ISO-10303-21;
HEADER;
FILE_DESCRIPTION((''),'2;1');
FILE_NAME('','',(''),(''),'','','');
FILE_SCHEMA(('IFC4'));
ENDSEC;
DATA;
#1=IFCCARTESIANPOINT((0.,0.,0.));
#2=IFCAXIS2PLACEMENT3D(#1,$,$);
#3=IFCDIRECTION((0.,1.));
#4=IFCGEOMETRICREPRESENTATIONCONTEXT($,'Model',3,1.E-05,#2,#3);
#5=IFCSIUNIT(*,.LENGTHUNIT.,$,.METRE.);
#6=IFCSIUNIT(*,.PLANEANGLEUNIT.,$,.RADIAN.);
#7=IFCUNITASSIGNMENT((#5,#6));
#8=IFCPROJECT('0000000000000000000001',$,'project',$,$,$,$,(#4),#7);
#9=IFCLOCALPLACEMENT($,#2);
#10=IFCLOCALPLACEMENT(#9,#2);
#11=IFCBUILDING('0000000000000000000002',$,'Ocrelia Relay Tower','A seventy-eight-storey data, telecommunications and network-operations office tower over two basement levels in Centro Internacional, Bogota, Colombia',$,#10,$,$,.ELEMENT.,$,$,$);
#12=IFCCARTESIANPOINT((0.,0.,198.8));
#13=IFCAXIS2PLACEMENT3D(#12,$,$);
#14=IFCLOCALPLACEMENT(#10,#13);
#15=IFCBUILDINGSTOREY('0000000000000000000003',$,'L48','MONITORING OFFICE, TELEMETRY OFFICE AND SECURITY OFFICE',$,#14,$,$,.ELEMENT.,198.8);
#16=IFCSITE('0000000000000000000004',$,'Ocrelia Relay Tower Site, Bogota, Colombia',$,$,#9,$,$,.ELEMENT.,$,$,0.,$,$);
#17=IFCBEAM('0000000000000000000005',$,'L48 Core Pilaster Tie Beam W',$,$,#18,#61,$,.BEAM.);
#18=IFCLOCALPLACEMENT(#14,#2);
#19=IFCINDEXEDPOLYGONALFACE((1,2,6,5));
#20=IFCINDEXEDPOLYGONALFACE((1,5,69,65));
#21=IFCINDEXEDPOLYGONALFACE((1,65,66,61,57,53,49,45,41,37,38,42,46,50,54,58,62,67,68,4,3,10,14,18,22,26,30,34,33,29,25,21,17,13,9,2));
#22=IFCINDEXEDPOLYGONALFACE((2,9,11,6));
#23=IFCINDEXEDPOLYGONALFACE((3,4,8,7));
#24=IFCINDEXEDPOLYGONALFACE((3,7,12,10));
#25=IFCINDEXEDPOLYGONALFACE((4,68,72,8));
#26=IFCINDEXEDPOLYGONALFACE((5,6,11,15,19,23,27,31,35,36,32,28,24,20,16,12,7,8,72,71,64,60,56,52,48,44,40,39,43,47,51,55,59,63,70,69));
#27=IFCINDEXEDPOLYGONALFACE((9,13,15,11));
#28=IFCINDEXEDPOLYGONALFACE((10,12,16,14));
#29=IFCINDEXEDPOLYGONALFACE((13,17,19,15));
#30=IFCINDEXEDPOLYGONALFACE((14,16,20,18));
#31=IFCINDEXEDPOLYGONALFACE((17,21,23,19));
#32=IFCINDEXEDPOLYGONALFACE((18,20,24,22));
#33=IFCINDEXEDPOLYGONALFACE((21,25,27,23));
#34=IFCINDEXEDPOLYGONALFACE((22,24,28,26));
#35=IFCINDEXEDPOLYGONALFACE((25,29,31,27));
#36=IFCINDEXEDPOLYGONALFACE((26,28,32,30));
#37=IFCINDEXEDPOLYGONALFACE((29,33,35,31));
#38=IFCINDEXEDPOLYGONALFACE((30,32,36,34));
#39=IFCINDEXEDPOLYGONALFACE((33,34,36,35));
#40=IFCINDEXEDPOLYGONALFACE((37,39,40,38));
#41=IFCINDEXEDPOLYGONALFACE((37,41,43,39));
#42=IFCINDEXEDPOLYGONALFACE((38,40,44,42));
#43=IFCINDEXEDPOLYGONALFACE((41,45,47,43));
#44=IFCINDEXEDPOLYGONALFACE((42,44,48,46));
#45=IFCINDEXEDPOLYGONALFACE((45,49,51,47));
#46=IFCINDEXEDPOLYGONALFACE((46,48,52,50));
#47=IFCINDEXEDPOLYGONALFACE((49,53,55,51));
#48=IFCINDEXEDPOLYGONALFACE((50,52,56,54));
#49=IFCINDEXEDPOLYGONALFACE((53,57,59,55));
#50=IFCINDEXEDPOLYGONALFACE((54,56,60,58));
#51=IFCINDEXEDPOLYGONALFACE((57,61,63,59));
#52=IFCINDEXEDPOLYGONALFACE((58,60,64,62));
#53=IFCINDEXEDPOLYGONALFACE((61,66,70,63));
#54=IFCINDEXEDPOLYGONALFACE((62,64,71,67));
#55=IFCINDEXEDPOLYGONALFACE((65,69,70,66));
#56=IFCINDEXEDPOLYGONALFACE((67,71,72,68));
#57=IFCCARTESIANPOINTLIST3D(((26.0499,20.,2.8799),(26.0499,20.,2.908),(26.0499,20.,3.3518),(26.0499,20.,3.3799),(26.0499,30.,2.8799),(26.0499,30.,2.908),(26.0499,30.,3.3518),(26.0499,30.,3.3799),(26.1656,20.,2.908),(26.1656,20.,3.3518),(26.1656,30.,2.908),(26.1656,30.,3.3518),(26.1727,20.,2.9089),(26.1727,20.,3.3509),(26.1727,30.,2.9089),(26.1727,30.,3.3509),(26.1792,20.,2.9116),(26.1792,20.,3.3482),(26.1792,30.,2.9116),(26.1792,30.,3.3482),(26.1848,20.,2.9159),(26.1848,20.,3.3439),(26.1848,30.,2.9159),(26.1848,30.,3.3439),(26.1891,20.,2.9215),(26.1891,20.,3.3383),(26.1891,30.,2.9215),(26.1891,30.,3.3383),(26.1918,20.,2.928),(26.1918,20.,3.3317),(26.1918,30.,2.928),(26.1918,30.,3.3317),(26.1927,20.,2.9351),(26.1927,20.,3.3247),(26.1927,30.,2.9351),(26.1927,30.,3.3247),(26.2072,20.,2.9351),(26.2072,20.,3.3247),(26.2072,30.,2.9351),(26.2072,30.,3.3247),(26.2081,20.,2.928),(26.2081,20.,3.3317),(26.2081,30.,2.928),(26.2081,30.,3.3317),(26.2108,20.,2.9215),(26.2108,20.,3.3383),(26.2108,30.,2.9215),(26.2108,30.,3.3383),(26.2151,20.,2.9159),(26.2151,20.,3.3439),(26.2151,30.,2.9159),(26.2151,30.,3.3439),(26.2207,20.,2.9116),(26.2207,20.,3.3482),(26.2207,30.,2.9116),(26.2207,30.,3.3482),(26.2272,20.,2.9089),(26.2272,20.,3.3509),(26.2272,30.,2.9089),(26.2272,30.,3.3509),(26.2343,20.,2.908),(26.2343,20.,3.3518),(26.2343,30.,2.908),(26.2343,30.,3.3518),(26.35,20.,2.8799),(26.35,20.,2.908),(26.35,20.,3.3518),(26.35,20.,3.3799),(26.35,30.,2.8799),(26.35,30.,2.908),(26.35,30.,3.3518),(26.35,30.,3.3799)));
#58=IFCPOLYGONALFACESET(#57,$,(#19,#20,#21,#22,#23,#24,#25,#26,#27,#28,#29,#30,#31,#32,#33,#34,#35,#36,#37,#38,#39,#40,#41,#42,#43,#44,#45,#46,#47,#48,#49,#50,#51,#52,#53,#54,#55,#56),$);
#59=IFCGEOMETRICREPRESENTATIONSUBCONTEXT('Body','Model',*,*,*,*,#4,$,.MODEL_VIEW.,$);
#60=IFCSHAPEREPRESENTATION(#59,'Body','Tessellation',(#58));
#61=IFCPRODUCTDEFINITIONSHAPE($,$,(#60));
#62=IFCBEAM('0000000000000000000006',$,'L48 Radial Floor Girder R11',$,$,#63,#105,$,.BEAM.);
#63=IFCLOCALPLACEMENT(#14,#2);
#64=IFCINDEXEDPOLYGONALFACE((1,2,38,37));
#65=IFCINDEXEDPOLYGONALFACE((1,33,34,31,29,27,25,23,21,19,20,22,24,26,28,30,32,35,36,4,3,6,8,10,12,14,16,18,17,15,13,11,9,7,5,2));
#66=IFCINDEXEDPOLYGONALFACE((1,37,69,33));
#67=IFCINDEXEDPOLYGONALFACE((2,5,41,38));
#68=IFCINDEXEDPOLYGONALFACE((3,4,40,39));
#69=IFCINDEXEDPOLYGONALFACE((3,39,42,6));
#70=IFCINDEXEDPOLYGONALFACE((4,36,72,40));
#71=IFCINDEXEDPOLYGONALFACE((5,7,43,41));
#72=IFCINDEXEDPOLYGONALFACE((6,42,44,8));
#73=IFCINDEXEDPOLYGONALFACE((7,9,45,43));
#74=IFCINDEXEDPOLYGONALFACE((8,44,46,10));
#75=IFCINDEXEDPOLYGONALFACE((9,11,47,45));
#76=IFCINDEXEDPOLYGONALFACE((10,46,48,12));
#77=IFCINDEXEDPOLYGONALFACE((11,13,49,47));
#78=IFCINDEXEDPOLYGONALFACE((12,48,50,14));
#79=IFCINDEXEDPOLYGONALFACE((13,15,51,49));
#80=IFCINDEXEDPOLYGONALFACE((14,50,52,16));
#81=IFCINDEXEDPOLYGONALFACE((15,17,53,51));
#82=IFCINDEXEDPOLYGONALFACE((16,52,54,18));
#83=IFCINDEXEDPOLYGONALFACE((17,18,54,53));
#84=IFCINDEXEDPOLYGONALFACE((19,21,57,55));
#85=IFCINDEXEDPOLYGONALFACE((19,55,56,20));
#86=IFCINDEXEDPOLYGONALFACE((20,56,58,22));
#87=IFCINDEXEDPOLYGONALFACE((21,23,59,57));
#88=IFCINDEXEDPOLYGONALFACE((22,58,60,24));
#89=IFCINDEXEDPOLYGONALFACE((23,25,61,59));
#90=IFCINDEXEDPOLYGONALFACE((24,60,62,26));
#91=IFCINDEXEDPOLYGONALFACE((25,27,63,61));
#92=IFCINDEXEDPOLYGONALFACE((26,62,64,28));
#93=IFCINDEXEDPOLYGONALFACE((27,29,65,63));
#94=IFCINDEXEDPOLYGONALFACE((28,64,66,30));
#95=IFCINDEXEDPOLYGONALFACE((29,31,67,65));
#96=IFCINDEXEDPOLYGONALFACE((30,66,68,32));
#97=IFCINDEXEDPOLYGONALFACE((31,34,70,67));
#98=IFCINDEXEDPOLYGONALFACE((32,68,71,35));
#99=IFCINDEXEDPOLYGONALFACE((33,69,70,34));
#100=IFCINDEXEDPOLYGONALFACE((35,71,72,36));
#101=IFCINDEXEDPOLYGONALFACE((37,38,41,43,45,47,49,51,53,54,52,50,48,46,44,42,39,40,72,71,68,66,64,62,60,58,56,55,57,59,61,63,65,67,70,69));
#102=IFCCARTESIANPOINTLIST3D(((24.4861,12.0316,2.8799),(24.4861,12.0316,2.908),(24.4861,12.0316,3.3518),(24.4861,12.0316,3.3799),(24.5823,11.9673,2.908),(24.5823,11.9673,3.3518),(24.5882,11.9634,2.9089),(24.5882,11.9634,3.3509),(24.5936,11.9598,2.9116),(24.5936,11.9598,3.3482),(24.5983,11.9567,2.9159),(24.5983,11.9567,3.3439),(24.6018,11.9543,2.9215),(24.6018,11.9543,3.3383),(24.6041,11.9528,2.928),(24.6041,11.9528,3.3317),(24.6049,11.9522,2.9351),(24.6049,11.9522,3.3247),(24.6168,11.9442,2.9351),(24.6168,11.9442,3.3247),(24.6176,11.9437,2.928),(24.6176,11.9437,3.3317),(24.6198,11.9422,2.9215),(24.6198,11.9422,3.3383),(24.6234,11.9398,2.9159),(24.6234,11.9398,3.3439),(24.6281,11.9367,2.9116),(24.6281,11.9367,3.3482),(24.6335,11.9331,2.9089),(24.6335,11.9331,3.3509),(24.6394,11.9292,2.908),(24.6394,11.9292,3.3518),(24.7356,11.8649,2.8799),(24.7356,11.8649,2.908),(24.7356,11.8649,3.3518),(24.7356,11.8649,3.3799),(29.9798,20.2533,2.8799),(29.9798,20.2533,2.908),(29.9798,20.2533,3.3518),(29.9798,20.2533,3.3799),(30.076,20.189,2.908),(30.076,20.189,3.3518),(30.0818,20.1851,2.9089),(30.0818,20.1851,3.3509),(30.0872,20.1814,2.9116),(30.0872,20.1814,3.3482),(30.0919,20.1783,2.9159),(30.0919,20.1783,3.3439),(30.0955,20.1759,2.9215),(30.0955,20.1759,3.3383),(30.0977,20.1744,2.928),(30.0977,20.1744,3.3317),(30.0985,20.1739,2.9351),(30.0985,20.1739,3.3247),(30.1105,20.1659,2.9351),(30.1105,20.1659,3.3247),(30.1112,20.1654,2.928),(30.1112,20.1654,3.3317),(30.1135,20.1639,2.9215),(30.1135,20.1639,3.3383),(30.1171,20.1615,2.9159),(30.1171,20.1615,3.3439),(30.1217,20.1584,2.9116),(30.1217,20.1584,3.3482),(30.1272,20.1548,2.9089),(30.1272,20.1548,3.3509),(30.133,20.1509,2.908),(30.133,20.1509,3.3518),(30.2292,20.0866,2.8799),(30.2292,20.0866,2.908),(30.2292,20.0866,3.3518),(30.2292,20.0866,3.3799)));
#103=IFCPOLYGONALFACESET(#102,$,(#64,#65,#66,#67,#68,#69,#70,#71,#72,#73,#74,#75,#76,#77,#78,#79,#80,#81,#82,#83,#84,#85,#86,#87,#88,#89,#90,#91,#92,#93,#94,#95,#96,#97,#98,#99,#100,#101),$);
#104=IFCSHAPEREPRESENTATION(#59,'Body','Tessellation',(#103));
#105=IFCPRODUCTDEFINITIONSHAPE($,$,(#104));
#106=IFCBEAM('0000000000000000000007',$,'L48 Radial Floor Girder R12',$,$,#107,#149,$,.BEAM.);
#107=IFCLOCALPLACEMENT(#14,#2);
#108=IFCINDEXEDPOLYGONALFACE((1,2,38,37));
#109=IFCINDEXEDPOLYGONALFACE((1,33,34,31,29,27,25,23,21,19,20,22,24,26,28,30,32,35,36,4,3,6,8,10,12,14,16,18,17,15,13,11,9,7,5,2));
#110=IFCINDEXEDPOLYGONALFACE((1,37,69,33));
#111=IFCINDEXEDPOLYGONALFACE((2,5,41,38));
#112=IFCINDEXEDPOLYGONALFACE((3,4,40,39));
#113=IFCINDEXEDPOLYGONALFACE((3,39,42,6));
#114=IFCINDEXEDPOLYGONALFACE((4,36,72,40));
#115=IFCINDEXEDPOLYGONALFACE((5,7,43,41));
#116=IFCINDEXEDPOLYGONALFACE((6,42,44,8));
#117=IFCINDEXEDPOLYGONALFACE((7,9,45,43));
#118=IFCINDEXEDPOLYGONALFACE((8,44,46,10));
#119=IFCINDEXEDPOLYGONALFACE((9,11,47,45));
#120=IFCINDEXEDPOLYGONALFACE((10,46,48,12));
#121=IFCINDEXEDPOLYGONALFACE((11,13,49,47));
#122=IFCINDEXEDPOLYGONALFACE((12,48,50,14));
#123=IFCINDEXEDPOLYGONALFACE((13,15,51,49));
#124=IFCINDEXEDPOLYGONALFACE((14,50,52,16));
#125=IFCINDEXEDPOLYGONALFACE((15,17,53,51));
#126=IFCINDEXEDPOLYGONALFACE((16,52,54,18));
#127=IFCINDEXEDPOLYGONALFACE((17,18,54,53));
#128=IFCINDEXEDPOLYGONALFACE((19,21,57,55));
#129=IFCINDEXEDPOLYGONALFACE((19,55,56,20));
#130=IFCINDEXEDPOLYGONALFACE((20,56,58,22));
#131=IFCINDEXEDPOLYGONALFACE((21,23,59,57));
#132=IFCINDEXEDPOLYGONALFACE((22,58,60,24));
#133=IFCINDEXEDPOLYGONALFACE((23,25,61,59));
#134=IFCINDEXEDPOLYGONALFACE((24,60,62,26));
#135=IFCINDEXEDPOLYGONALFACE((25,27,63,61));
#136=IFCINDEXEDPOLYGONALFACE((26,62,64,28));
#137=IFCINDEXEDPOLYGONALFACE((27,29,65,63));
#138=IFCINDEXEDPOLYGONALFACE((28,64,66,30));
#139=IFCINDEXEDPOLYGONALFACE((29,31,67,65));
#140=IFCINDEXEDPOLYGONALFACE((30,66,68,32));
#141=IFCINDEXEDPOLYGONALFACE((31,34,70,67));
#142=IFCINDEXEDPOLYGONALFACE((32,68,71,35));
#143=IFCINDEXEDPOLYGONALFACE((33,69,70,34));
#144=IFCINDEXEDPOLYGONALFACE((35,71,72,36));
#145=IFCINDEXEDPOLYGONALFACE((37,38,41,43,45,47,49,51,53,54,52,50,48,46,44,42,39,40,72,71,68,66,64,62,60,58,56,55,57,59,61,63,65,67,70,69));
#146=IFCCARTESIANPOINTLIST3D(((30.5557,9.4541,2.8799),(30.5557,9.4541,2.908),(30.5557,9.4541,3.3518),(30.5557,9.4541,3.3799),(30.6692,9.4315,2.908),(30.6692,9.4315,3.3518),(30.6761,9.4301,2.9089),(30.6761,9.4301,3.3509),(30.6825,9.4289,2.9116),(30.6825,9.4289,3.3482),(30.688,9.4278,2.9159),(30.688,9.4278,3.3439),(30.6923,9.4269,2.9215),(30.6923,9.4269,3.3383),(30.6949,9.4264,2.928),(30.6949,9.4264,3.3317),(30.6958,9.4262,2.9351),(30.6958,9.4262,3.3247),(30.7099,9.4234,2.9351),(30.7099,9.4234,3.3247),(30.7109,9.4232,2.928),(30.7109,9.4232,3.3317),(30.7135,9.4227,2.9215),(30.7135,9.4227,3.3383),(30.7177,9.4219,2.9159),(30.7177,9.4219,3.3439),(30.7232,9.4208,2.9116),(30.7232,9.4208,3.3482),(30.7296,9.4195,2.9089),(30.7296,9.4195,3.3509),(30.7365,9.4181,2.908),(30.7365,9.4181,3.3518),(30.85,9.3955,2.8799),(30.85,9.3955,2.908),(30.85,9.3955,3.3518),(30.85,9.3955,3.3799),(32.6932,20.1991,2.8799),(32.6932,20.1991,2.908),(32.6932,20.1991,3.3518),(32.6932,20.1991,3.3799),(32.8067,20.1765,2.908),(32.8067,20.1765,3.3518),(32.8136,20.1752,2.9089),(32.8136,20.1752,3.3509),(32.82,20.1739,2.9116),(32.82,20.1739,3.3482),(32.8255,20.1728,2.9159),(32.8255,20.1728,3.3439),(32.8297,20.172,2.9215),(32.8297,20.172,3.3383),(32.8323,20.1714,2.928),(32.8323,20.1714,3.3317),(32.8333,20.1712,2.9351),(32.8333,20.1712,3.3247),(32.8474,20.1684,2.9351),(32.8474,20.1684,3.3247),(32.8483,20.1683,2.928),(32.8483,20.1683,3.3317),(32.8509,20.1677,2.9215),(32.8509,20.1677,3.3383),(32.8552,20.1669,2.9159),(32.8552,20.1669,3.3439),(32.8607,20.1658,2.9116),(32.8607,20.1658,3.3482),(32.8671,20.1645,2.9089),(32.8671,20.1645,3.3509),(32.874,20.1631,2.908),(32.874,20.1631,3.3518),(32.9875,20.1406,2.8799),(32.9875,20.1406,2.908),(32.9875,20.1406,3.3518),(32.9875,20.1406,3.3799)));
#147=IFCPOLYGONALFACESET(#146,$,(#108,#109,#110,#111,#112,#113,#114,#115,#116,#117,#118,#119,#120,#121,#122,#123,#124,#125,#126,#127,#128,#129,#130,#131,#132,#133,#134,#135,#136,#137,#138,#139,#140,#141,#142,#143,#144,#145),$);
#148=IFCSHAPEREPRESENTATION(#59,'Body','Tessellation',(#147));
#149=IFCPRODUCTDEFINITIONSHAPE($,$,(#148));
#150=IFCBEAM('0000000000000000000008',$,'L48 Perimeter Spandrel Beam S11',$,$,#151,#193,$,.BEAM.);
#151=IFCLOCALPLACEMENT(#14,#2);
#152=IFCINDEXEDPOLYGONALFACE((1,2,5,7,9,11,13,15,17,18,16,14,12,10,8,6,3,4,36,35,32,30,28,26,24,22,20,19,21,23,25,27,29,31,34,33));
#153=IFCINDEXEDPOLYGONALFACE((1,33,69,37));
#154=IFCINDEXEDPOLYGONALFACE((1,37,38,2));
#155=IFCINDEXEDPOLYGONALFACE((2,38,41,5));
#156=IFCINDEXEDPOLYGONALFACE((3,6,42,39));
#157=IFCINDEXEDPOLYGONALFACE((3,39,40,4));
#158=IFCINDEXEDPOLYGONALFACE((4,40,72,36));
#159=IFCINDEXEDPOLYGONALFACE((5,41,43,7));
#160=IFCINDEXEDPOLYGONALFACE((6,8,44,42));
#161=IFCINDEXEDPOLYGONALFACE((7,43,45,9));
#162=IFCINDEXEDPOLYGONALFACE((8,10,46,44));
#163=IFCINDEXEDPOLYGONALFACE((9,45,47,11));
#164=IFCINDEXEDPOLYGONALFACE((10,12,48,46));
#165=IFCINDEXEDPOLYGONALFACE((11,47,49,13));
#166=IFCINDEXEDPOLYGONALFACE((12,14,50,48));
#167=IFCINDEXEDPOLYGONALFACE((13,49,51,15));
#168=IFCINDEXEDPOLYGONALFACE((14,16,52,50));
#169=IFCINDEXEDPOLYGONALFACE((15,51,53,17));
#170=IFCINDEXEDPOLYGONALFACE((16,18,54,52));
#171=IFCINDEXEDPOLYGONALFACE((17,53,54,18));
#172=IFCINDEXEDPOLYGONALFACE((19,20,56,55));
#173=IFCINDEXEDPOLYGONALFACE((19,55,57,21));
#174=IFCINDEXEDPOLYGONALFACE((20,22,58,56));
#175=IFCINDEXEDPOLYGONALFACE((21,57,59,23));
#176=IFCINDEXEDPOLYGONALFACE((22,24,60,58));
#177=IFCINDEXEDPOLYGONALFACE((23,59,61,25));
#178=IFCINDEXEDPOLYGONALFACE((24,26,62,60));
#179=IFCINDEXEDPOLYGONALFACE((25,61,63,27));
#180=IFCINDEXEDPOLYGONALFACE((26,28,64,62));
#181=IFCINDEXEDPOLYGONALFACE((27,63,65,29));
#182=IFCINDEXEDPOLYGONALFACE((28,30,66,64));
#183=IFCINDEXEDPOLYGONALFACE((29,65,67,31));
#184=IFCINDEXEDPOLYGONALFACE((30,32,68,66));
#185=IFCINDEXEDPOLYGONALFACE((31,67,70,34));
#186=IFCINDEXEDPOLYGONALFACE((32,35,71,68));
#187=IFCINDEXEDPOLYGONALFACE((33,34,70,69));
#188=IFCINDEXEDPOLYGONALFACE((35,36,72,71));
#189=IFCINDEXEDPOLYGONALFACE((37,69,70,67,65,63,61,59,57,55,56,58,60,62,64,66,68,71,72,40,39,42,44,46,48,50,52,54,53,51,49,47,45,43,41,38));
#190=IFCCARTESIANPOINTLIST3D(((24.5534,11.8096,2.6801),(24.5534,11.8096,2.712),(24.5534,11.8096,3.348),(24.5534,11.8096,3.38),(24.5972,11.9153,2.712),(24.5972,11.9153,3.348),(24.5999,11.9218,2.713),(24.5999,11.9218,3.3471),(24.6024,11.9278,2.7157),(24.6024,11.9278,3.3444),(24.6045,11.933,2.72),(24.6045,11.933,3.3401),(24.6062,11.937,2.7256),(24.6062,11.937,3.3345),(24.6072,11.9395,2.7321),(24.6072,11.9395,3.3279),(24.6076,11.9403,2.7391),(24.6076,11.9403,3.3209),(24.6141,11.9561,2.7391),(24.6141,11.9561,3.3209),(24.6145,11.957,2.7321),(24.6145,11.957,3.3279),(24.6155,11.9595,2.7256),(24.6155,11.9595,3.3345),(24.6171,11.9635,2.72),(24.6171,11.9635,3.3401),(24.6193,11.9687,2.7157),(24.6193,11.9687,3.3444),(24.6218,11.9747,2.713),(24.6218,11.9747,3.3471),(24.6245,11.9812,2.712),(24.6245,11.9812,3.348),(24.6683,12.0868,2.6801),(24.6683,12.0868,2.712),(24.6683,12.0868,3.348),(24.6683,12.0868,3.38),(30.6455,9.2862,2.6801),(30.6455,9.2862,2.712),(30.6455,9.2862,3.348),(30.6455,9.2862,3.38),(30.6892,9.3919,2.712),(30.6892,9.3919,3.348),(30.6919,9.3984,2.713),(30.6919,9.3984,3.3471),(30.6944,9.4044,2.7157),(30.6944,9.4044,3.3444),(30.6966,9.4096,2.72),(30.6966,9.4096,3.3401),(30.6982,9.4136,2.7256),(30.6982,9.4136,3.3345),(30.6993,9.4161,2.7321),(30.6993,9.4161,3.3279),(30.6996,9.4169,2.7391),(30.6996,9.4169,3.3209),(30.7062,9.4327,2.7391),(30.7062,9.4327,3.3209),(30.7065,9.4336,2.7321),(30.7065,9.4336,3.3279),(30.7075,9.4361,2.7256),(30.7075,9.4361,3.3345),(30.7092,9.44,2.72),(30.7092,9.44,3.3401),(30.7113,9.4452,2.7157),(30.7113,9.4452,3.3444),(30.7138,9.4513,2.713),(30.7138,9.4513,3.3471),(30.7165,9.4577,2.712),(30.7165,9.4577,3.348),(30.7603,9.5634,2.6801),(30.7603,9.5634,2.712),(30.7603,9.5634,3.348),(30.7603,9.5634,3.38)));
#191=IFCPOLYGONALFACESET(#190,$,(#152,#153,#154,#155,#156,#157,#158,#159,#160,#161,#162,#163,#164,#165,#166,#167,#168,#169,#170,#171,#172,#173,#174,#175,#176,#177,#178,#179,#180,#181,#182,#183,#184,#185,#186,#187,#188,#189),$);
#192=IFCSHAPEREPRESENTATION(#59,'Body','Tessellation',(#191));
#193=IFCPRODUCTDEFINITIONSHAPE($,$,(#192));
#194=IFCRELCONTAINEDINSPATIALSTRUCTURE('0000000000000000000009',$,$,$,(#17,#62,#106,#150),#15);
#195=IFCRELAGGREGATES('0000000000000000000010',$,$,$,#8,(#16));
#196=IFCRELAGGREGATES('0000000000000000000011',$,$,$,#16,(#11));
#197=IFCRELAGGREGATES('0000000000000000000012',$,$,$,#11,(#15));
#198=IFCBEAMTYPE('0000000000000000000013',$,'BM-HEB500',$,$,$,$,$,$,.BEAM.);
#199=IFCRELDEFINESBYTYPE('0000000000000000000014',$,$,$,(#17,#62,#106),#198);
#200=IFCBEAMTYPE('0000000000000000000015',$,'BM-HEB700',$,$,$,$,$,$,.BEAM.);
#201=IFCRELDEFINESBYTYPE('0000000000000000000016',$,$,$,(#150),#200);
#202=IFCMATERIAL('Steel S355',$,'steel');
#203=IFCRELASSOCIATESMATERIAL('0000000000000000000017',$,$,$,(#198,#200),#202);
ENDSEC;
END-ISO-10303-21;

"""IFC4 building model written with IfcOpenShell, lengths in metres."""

from ifc_helpers import new_model, si_unit, direction, frame, origin, origin_2d, place, context, subcontext, project, spatial, i_section, extrude, material, material_profile, profile_set, type_object, element, save


model = new_model("IFC4")

# Units and contexts
model_context = context("Model", 3, precision=1e-05, world=origin(), true_north=direction((0.0, 1.0)))
body_context = subcontext(model_context, "Body", "Model", "MODEL_VIEW")
ifc_project = project(units=[si_unit("LENGTHUNIT", "METRE"), si_unit("PLANEANGLEUNIT", "RADIAN")], contexts=[model_context])

# Site, building, storey
site_placement = place(None, origin())
site = spatial("IfcSite", under=ifc_project, at=site_placement, Name="Ocrelia Relay Tower Site, Bogota, Colombia", CompositionType="ELEMENT", RefElevation=0.0)
building_placement = place(site_placement, origin())
building = spatial("IfcBuilding", under=site, at=building_placement, Name="Ocrelia Relay Tower", Description="A seventy-eight-storey data, telecommunications and network-operations office tower over two basement levels in Centro Internacional, Bogota, Colombia", CompositionType="ELEMENT")
storey_placement = place(building_placement, frame((0.0, 0.0, 198.8)))
storey = spatial("IfcBuildingStorey", under=building, at=storey_placement, Name="L48", Description="MONITORING OFFICE, TELEMETRY OFFICE AND SECURITY OFFICE", CompositionType="ELEMENT", Elevation=198.8)

# Beams
ifc_material_1 = material(Name="Steel S355", Category="steel")
ifc_material_profile_1 = material_profile(ifc_material_1, i_section(OverallWidth=0.3, OverallDepth=0.5, WebThickness=0.0144, FlangeThickness=0.0281, FilletRadius=0.0271, at=origin_2d()), Name="HEB 500")
ifc_profile_set_1 = profile_set([ifc_material_profile_1], Name="Steel S355")
beam_type_1 = type_object("IfcBeamType", Name="BM-HEB500", PredefinedType="BEAM", material=ifc_profile_set_1)
beam_1_placement = place(storey_placement, frame((26.2, 20.0, 3.1299), z_axis=(0.0, 1.0, 0.0), x_axis=(-1.0, 0.0, 0.0)))
element("IfcBeam", 1, at=beam_1_placement, inside=storey, type_object=beam_type_1, Name="L48 Core Pilaster Tie Beam W", PredefinedType="BEAM", context=body_context, shape_type="SweptSolid", body=[
    extrude(i_section(OverallWidth=0.3, OverallDepth=0.5, WebThickness=0.0144, FlangeThickness=0.0281, FilletRadius=0.0271, at=origin_2d()), origin(), (0.0, 0.0, 1.0), 10.0),
])
beam_2_placement = place(storey_placement, frame((24.6108, 11.9482, 3.1299), z_axis=(0.555577, 0.831465, 0.0), x_axis=(-0.831465, 0.555577, 0.0)))
element("IfcBeam", 2, at=beam_2_placement, inside=storey, type_object=beam_type_1, Name="L48 Radial Floor Girder R11", PredefinedType="BEAM", context=body_context, shape_type="SweptSolid", body=[
    extrude(i_section(OverallWidth=0.3, OverallDepth=0.5, WebThickness=0.0144, FlangeThickness=0.0281, FilletRadius=0.0271, at=origin_2d()), origin(), (0.0, 0.0, 1.0), 9.8882),
])
beam_3_placement = place(storey_placement, frame((30.7029, 9.4248, 3.1299), z_axis=(0.1951, 0.980783, 0.0), x_axis=(-0.980783, 0.1951, 0.0)))
element("IfcBeam", 3, at=beam_3_placement, inside=storey, type_object=beam_type_1, Name="L48 Radial Floor Girder R12", PredefinedType="BEAM", context=body_context, shape_type="SweptSolid", body=[
    extrude(i_section(OverallWidth=0.3, OverallDepth=0.5, WebThickness=0.0144, FlangeThickness=0.0281, FilletRadius=0.0271, at=origin_2d()), origin(), (0.0, 0.0, 1.0), 10.9556),
])
ifc_material_profile_2 = material_profile(ifc_material_1, i_section(OverallWidth=0.3, OverallDepth=0.7, WebThickness=0.0171, FlangeThickness=0.032, FilletRadius=0.0271, at=origin_2d()), Name="HEB 700")
ifc_profile_set_2 = profile_set([ifc_material_profile_2], Name="Steel S355")
beam_type_2 = type_object("IfcBeamType", Name="BM-HEB700", PredefinedType="BEAM", material=ifc_profile_set_2)
beam_4_placement = place(storey_placement, frame((24.6108, 11.9482, 3.03), z_axis=(0.923878, -0.382688, 0.0), x_axis=(0.382688, 0.923878, 0.0)))
element("IfcBeam", 4, at=beam_4_placement, inside=storey, type_object=beam_type_2, Name="L48 Perimeter Spandrel Beam S11", PredefinedType="BEAM", context=body_context, shape_type="SweptSolid", body=[
    extrude(i_section(OverallWidth=0.3, OverallDepth=0.7, WebThickness=0.0171, FlangeThickness=0.032, FilletRadius=0.0271, at=origin_2d()), origin(), (0.0, 0.0, 1.0), 6.594),
])

save(model, "model.ifc")
